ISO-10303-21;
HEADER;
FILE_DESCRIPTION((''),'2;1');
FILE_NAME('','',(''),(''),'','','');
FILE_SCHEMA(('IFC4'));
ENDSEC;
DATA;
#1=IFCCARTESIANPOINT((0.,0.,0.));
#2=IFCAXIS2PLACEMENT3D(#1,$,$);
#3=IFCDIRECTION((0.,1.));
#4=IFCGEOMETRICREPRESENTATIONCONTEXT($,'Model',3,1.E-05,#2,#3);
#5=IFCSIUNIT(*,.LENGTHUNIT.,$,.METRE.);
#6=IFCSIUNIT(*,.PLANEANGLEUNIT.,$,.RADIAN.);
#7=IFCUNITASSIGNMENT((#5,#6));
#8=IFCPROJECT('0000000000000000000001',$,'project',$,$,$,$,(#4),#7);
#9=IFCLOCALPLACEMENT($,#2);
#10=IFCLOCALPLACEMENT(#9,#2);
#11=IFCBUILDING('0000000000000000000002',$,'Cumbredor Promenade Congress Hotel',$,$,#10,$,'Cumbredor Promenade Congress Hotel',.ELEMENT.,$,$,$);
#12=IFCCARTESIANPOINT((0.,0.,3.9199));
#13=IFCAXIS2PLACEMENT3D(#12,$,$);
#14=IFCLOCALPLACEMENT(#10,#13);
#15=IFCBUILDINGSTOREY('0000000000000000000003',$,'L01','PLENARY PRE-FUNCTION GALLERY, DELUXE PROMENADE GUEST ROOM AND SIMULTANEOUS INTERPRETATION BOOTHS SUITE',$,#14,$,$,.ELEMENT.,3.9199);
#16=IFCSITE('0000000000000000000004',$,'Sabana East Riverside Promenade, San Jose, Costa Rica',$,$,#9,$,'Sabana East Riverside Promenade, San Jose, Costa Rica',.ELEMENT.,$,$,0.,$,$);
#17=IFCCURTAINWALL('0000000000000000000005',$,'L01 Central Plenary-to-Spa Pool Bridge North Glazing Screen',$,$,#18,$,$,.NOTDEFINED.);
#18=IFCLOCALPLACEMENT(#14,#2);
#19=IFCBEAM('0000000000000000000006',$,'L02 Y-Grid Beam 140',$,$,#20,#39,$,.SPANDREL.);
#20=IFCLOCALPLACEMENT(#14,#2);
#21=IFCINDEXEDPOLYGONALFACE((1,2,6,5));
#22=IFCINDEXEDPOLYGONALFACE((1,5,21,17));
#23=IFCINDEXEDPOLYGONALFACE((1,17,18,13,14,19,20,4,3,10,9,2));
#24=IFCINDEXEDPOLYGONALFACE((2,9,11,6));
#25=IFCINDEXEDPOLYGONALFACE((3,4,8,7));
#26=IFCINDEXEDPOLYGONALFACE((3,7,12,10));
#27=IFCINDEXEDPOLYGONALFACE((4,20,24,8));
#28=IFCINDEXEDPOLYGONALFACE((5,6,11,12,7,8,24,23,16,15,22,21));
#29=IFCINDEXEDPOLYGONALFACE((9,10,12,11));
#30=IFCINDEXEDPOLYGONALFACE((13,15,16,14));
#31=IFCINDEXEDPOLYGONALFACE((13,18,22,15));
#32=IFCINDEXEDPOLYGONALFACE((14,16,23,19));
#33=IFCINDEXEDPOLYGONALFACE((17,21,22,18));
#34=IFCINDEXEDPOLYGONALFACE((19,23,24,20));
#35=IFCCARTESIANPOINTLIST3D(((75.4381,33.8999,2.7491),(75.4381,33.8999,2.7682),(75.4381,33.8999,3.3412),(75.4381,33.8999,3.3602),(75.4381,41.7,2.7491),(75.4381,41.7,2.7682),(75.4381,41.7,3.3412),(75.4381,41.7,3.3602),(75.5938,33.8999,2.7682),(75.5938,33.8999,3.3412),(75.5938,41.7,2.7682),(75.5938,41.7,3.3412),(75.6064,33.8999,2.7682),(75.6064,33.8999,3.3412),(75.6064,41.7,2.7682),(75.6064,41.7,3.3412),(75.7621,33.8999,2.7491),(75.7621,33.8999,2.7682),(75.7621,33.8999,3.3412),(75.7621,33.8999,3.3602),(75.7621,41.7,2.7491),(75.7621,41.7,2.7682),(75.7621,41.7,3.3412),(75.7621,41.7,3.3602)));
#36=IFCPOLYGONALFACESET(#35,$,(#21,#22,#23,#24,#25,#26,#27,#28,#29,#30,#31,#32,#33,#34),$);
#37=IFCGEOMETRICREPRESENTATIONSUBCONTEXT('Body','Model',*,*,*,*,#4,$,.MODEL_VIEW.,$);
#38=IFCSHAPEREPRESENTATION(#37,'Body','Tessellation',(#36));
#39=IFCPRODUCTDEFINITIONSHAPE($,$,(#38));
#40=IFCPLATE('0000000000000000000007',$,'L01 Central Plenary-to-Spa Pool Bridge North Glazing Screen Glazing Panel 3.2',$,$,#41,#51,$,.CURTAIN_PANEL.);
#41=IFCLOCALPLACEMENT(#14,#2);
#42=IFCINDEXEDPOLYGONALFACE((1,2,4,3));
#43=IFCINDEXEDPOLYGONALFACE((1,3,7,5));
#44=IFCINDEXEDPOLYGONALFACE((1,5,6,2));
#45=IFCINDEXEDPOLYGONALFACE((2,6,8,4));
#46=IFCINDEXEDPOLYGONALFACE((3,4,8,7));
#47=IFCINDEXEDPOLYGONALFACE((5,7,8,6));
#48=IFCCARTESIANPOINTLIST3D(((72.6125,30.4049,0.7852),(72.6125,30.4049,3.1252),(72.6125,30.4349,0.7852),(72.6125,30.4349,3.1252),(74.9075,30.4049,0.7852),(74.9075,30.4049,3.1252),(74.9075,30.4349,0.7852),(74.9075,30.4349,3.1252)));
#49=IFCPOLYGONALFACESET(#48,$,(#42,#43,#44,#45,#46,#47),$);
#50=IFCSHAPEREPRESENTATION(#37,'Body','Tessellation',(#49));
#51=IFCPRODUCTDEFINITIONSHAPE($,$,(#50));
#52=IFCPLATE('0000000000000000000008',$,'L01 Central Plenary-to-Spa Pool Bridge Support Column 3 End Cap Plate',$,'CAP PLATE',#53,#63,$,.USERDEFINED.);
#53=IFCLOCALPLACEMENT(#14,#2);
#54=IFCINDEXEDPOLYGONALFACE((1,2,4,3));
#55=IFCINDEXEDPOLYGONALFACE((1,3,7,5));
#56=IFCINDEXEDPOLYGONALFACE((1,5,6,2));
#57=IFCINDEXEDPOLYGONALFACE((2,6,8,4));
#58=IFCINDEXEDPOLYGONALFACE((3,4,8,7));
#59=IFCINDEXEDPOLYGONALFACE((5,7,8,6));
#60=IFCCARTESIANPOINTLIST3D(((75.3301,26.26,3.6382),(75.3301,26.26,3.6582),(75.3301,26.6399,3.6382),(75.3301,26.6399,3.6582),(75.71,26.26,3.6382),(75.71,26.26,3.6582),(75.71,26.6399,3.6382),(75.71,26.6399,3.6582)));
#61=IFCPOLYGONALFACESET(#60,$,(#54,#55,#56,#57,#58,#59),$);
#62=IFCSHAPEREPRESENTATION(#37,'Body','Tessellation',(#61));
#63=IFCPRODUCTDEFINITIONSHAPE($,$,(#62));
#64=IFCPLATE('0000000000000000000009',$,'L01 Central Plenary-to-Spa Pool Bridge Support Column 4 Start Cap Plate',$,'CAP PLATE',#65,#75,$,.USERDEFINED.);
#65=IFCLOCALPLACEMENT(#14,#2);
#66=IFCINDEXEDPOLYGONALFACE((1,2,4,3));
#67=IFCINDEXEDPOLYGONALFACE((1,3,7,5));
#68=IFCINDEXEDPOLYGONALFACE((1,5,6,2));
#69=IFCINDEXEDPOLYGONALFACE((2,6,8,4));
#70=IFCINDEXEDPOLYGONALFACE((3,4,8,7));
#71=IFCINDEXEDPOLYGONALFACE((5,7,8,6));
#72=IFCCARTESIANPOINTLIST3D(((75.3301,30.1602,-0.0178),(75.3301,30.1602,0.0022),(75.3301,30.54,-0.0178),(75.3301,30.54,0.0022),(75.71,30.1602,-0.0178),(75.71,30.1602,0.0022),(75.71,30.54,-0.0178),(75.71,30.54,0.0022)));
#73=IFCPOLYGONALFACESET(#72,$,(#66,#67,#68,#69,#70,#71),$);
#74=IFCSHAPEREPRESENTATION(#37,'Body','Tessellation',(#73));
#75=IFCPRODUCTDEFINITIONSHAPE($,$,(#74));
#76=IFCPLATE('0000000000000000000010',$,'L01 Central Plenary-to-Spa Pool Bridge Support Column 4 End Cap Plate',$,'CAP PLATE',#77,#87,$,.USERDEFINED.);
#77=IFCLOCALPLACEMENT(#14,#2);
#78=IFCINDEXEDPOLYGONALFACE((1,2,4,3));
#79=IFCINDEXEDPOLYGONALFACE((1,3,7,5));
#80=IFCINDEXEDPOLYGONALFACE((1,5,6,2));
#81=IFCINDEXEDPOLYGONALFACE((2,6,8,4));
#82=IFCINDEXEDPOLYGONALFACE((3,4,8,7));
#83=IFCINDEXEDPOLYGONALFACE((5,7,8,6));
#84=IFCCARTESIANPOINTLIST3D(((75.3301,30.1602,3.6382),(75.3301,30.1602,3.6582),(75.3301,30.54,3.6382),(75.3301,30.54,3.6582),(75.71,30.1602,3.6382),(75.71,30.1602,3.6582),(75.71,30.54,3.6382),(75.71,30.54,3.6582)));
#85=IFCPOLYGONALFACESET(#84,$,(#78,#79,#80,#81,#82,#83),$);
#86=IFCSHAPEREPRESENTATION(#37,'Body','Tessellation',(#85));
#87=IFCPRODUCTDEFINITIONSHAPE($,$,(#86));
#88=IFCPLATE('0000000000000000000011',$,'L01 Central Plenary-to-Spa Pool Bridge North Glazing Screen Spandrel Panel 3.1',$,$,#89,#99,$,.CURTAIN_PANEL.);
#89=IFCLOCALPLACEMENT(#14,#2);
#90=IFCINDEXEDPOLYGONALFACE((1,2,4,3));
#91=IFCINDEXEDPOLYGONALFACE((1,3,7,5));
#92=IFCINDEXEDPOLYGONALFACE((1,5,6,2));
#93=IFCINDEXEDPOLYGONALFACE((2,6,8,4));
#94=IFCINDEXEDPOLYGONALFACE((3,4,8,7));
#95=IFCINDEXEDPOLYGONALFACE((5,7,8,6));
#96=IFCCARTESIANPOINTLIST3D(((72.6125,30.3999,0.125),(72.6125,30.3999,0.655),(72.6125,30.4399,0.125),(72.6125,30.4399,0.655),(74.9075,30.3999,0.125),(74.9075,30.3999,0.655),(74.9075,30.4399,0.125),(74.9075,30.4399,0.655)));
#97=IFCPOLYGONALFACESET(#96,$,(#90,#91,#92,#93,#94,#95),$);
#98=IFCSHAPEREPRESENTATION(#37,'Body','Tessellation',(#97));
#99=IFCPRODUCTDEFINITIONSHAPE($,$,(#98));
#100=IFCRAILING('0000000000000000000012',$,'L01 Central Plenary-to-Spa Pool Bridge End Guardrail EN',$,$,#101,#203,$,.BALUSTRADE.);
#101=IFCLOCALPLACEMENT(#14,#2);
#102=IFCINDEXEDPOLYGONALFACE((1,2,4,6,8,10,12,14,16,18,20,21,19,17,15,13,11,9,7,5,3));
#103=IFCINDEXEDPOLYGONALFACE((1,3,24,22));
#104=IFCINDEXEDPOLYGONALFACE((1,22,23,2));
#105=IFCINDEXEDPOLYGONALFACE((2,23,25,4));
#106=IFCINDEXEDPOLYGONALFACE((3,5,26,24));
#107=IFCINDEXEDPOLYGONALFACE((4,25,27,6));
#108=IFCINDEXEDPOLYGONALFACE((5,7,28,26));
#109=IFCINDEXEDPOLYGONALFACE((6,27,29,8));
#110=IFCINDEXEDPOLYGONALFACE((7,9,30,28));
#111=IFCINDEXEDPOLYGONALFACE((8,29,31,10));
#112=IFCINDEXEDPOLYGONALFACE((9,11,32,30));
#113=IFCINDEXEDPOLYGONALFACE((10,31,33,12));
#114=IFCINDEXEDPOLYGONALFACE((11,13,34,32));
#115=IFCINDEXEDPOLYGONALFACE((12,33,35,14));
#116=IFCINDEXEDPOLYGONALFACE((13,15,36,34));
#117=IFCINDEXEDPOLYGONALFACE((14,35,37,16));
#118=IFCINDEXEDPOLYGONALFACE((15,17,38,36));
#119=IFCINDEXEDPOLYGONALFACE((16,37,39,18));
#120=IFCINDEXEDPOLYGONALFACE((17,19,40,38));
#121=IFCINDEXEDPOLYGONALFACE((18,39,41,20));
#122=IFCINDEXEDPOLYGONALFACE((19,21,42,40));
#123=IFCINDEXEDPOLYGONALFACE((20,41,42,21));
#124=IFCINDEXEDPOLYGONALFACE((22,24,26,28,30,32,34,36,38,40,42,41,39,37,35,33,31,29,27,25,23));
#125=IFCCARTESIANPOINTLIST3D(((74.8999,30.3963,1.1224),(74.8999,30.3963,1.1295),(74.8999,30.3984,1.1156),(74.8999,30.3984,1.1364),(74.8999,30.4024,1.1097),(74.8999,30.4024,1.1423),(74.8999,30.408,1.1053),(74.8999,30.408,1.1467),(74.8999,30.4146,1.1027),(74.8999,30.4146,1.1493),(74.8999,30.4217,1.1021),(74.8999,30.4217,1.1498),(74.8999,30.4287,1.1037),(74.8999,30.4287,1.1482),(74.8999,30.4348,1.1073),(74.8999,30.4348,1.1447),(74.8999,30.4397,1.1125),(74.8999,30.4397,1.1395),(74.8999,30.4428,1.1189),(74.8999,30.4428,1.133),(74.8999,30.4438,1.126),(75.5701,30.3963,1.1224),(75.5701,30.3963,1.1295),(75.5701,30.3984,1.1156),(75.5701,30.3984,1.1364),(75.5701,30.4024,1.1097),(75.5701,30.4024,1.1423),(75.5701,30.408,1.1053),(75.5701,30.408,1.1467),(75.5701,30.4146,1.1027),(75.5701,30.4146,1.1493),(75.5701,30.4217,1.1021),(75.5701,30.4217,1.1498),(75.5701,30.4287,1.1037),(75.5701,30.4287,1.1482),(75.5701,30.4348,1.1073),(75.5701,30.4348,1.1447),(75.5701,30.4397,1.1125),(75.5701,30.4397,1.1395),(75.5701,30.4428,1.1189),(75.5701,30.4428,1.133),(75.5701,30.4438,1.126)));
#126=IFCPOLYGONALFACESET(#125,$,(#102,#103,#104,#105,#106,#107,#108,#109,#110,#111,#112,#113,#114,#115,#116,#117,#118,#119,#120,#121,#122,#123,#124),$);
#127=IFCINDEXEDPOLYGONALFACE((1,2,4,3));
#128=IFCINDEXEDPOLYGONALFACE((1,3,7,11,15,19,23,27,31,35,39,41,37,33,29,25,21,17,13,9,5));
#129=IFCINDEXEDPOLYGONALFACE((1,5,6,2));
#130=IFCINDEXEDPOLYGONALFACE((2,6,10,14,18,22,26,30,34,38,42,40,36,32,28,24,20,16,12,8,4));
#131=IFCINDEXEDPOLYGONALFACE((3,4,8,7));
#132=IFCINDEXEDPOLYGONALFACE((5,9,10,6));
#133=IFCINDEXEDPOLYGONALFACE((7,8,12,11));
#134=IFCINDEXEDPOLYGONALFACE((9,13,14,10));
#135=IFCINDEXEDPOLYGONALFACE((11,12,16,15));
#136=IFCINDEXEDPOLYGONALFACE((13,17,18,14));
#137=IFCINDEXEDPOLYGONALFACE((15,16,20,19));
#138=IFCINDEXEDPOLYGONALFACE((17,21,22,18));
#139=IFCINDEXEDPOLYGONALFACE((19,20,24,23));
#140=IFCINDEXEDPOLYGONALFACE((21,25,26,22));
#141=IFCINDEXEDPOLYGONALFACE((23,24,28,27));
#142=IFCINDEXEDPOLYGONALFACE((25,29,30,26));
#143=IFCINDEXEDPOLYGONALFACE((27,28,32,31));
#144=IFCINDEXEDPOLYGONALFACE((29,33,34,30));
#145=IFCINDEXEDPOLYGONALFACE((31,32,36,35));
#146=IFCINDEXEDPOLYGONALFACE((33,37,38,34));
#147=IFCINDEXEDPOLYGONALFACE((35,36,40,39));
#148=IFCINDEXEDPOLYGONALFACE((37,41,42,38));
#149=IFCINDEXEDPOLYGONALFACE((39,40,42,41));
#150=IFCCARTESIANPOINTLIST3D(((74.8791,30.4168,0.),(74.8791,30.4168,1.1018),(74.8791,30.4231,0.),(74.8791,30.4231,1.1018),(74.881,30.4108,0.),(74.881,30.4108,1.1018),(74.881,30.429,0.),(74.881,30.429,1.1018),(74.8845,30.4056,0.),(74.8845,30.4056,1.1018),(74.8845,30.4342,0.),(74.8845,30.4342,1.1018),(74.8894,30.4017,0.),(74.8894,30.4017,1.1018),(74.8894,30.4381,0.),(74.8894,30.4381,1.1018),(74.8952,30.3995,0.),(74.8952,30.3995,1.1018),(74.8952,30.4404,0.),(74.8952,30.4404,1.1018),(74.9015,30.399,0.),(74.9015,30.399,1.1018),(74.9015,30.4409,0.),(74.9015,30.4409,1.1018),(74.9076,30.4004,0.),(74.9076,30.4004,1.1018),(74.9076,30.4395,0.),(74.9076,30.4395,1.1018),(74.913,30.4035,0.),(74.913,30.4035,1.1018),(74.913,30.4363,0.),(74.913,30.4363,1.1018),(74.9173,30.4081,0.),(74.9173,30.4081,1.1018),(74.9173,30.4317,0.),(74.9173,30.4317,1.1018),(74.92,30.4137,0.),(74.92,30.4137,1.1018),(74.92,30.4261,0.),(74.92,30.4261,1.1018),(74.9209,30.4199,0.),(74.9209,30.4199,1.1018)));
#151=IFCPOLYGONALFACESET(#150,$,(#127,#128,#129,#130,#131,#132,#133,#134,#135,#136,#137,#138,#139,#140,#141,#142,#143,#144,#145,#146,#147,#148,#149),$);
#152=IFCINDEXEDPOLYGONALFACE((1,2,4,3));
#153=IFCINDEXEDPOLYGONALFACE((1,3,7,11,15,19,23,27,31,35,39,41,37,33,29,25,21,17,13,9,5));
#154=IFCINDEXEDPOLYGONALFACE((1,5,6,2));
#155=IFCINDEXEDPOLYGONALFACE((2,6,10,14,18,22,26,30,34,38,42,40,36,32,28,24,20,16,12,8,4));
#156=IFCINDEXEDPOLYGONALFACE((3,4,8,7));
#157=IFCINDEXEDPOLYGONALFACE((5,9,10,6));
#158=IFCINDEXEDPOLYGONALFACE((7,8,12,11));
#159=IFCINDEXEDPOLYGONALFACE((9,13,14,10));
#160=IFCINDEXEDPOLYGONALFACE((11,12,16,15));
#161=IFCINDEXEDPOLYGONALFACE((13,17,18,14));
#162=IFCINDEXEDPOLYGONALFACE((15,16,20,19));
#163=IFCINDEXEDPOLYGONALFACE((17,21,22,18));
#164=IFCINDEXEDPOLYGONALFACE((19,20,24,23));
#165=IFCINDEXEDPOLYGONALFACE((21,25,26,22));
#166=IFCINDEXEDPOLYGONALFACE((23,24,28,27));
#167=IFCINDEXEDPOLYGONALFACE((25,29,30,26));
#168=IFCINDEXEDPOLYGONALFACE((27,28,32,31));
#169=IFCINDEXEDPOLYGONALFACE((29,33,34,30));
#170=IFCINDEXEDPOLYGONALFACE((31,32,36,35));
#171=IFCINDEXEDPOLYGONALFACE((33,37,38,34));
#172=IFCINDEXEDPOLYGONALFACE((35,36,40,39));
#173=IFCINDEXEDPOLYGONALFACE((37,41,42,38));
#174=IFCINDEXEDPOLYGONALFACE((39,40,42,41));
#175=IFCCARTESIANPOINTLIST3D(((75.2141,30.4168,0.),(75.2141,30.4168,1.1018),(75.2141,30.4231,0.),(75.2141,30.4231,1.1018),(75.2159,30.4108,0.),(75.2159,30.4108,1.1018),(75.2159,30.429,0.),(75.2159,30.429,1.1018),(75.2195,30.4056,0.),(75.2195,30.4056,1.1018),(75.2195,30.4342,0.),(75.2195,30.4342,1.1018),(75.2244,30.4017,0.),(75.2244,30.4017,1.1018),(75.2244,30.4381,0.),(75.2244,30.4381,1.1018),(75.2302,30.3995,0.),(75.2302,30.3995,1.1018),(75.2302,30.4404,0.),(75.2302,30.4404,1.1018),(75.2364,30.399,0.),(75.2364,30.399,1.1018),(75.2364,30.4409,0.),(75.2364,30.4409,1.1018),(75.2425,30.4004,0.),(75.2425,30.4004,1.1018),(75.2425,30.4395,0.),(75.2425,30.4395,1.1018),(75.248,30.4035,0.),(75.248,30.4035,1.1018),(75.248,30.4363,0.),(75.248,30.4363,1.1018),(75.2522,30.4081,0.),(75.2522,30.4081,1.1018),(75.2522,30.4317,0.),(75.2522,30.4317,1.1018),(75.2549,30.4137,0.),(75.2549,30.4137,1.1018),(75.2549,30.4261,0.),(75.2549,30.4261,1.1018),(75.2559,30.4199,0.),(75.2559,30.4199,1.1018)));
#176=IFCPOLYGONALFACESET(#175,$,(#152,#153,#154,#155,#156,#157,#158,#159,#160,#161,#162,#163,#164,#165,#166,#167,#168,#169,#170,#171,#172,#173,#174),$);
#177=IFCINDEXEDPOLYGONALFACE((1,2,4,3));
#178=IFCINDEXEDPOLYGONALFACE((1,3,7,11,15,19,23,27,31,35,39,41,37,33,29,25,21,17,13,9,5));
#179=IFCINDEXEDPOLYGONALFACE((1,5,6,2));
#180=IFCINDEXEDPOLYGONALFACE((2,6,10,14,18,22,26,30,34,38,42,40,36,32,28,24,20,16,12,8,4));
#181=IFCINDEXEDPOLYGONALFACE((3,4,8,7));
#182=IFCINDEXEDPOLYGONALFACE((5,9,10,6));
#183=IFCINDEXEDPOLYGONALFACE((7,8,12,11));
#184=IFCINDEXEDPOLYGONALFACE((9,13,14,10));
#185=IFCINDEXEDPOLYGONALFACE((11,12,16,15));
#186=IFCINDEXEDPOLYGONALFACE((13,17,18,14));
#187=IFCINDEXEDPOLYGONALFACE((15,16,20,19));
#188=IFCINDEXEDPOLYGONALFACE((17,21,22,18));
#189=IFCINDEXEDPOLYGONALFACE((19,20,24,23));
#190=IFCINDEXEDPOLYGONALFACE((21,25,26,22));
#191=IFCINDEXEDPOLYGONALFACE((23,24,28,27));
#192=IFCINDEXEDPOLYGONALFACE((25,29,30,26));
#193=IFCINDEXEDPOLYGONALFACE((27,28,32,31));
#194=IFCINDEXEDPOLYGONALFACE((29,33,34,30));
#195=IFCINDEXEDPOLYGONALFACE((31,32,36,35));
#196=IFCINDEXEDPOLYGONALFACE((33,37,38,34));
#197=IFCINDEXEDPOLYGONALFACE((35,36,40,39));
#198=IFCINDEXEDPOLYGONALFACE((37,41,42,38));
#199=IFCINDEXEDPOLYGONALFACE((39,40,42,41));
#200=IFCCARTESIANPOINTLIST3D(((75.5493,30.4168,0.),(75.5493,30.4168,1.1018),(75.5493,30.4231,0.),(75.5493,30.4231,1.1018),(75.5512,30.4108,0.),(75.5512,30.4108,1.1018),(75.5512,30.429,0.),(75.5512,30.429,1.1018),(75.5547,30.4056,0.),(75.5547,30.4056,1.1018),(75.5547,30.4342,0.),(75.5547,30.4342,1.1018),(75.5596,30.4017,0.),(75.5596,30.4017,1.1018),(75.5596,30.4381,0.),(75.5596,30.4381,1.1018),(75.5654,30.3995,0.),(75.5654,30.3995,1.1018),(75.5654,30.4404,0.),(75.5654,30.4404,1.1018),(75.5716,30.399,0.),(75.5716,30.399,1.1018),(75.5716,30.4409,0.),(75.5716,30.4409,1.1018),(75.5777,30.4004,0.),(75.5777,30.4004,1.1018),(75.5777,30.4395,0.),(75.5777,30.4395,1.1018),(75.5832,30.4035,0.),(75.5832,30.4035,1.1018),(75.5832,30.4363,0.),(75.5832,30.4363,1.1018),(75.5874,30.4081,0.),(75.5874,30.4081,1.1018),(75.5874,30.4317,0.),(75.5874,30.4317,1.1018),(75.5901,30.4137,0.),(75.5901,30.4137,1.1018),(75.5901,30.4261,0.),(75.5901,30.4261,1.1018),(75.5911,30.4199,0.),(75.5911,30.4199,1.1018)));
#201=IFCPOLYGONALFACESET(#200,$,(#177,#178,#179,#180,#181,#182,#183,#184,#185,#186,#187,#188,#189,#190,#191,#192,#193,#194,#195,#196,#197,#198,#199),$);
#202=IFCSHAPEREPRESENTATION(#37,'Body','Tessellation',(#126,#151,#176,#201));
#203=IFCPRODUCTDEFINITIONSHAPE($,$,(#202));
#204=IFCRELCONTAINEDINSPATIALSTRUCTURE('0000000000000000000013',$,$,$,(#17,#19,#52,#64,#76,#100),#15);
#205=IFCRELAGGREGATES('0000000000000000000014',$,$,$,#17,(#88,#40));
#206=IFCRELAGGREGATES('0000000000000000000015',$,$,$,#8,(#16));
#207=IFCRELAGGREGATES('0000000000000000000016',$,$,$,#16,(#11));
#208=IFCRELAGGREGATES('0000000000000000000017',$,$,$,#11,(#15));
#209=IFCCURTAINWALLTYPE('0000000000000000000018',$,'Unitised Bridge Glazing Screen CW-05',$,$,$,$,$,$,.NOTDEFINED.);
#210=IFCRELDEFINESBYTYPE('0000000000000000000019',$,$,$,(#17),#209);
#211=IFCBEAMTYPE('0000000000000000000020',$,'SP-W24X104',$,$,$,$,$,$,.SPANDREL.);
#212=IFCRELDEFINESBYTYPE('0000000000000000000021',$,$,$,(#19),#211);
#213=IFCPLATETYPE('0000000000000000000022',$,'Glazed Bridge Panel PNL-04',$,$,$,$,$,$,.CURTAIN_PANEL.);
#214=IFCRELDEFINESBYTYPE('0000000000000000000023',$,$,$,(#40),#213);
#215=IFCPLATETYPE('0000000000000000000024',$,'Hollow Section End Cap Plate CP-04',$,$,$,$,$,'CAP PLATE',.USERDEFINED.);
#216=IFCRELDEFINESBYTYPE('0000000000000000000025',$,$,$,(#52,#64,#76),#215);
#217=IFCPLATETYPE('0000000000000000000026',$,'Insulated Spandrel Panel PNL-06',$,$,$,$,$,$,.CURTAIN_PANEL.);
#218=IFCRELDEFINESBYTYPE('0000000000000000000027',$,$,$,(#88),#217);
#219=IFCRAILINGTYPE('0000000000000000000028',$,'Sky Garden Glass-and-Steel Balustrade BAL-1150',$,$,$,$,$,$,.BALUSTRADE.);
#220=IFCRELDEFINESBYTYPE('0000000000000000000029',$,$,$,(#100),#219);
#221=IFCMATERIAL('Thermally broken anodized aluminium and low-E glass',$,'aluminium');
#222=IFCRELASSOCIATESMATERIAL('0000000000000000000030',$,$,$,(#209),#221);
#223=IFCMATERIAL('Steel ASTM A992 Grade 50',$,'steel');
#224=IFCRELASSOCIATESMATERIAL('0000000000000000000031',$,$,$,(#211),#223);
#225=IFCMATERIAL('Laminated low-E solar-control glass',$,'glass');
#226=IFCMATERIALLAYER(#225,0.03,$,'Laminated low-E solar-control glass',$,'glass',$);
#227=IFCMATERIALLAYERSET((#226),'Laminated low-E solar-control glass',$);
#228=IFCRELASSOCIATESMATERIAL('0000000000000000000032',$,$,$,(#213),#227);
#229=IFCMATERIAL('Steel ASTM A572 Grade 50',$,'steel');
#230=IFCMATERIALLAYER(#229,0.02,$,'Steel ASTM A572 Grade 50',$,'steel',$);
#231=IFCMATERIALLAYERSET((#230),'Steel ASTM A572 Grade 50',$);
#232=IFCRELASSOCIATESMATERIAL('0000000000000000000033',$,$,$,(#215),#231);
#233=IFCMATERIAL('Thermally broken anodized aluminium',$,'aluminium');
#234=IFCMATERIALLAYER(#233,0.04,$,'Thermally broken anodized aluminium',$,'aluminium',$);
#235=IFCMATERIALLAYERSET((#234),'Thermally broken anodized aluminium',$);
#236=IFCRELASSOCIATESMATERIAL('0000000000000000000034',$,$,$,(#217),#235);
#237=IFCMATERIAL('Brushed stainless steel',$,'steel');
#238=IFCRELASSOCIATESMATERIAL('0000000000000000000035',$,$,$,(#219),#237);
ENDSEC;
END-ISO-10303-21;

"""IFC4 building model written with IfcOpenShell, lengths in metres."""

from ifc_helpers import new_model, si_unit, direction, frame, origin, origin_2d, place, context, subcontext, project, spatial, rectangle, circle, i_section, extrude, material, layer, layer_set, material_profile, profile_set, type_object, element, aggregate, save


model = new_model("IFC4")

# Units and contexts
model_context = context("Model", 3, precision=1e-05, world=origin(), true_north=direction((0.0, 1.0)))
body_context = subcontext(model_context, "Body", "Model", "MODEL_VIEW")
ifc_project = project(units=[si_unit("LENGTHUNIT", "METRE"), si_unit("PLANEANGLEUNIT", "RADIAN")], contexts=[model_context])

# Site, building, storey
site_placement = place(None, origin())
site = spatial("IfcSite", under=ifc_project, at=site_placement, Name="Sabana East Riverside Promenade, San Jose, Costa Rica", LongName="Sabana East Riverside Promenade, San Jose, Costa Rica", CompositionType="ELEMENT", RefElevation=0.0)
building_placement = place(site_placement, origin())
building = spatial("IfcBuilding", under=site, at=building_placement, Name="Cumbredor Promenade Congress Hotel", LongName="Cumbredor Promenade Congress Hotel", CompositionType="ELEMENT")
storey_placement = place(building_placement, frame((0.0, 0.0, 3.9199)))
storey = spatial("IfcBuildingStorey", under=building, at=storey_placement, Name="L01", Description="PLENARY PRE-FUNCTION GALLERY, DELUXE PROMENADE GUEST ROOM AND SIMULTANEOUS INTERPRETATION BOOTHS SUITE", CompositionType="ELEMENT", Elevation=3.9199)

# Curtain wall
ifc_material_1 = material(Name="Thermally broken anodized aluminium and low-E glass", Category="aluminium")
ifc_material_2 = material(Name="Thermally broken anodized aluminium", Category="aluminium")
curtain_wall_type_1 = type_object("IfcCurtainWallType", Name="Unitised Bridge Glazing Screen CW-05", PredefinedType="NOTDEFINED", material=ifc_material_1)
curtain_wall_1_placement = place(storey_placement, origin())
curtain_wall_1 = element("IfcCurtainWall", 1, at=curtain_wall_1_placement, inside=storey, type_object=curtain_wall_type_1, Name="L01 Central Plenary-to-Spa Pool Bridge North Glazing Screen", PredefinedType="NOTDEFINED")

# Beam
ifc_material_3 = material(Name="Steel ASTM A992 Grade 50", Category="steel")
ifc_material_profile_1 = material_profile(ifc_material_3, i_section(OverallWidth=0.324, OverallDepth=0.6111, WebThickness=0.0127, FlangeThickness=0.019, at=origin_2d()), Name="W24X104")
ifc_profile_set_1 = profile_set([ifc_material_profile_1], Name="Steel ASTM A992 Grade 50")
beam_type_1 = type_object("IfcBeamType", Name="SP-W24X104", PredefinedType="SPANDREL", material=ifc_profile_set_1)
beam_1_placement = place(storey_placement, frame((75.6001, 33.8999, 3.0547), z_axis=(0.0, 1.0, 0.0), x_axis=(-1.0, 0.0, 0.0)))
element("IfcBeam", 2, at=beam_1_placement, inside=storey, type_object=beam_type_1, Name="L02 Y-Grid Beam 140", PredefinedType="SPANDREL", context=body_context, shape_type="SweptSolid", body=[
    extrude(i_section(OverallWidth=0.324, OverallDepth=0.6111, WebThickness=0.0127, FlangeThickness=0.019, at=origin_2d()), origin(), (0.0, 0.0, 1.0), 7.8),
])

# Plate
ifc_material_4 = material(Name="Laminated low-E solar-control glass", Category="glass")
ifc_layer_1 = layer(ifc_material_4, 0.03, Name="Laminated low-E solar-control glass", Category="glass")
ifc_layer_set_1 = layer_set([ifc_layer_1], Name="Laminated low-E solar-control glass")
plate_type_1 = type_object("IfcPlateType", Name="Glazed Bridge Panel PNL-04", PredefinedType="CURTAIN_PANEL", material=ifc_layer_set_1)
plate_1_placement = place(storey_placement, frame((73.76, 30.4199, 0.7852), z_axis=(0.0, 0.0, 1.0), x_axis=(1.0, 0.0, 0.0)))
plate_1 = element("IfcPlate", 3, at=plate_1_placement, type_object=plate_type_1, Name="L01 Central Plenary-to-Spa Pool Bridge North Glazing Screen Glazing Panel 3.2", PredefinedType="CURTAIN_PANEL", context=body_context, shape_type="SweptSolid", body=[
    extrude(rectangle(XDim=2.2949, YDim=0.03, at=origin_2d()), origin(), (0.0, 0.0, 1.0), 2.3401),
])

# Plates
ifc_material_5 = material(Name="Steel ASTM A572 Grade 50", Category="steel")
ifc_layer_2 = layer(ifc_material_5, 0.02, Name="Steel ASTM A572 Grade 50", Category="steel")
ifc_layer_set_2 = layer_set([ifc_layer_2], Name="Steel ASTM A572 Grade 50")
plate_type_2 = type_object("IfcPlateType", Name="Hollow Section End Cap Plate CP-04", ElementType="CAP PLATE", PredefinedType="USERDEFINED", material=ifc_layer_set_2)
for number, where, z_axis, x_axis, name in (
    (4, (75.52, 26.45, 3.6382), (0.0, 0.0, 1.0), (1.0, 0.0, 0.0), "L01 Central Plenary-to-Spa Pool Bridge Support Column 3 End Cap Plate"),
    (5, (75.52, 30.3501, -0.0178), (0.0, 0.0, 1.0), (1.0, 0.0, 0.0), "L01 Central Plenary-to-Spa Pool Bridge Support Column 4 Start Cap Plate"),
    (6, (75.52, 30.3501, 3.6382), (0.0, 0.0, 1.0), (1.0, 0.0, 0.0), "L01 Central Plenary-to-Spa Pool Bridge Support Column 4 End Cap Plate"),
):
    element("IfcPlate", number, at=place(storey_placement, frame(where, z_axis=z_axis, x_axis=x_axis)), inside=storey, type_object=plate_type_2, Name=name, ObjectType="CAP PLATE", PredefinedType="USERDEFINED", context=body_context, shape_type="SweptSolid", body=[
        extrude(rectangle(XDim=0.3799, YDim=0.3799, at=origin_2d()), origin(), (0.0, 0.0, 1.0), 0.02),
    ])

# Plate
ifc_layer_3 = layer(ifc_material_2, 0.04, Name="Thermally broken anodized aluminium", Category="aluminium")
ifc_layer_set_3 = layer_set([ifc_layer_3], Name="Thermally broken anodized aluminium")
plate_type_3 = type_object("IfcPlateType", Name="Insulated Spandrel Panel PNL-06", PredefinedType="CURTAIN_PANEL", material=ifc_layer_set_3)
plate_2_placement = place(storey_placement, frame((73.76, 30.4199, 0.125), z_axis=(0.0, 0.0, 1.0), x_axis=(1.0, 0.0, 0.0)))
plate_2 = element("IfcPlate", 7, at=plate_2_placement, type_object=plate_type_3, Name="L01 Central Plenary-to-Spa Pool Bridge North Glazing Screen Spandrel Panel 3.1", PredefinedType="CURTAIN_PANEL", context=body_context, shape_type="SweptSolid", body=[
    extrude(rectangle(XDim=2.2949, YDim=0.04, at=origin_2d()), origin(), (0.0, 0.0, 1.0), 0.53),
])
aggregate(curtain_wall_1, [plate_2, plate_1])

# Railing
ifc_material_6 = material(Name="Brushed stainless steel", Category="steel")
railing_type = type_object("IfcRailingType", Name="Sky Garden Glass-and-Steel Balustrade BAL-1150", PredefinedType="BALUSTRADE", material=ifc_material_6)
railing_placement = place(storey_placement, frame((74.8999, 30.4199, 0.0)))
element("IfcRailing", 8, at=railing_placement, inside=storey, type_object=railing_type, Name="L01 Central Plenary-to-Spa Pool Bridge End Guardrail EN", PredefinedType="BALUSTRADE", context=body_context, shape_type="SweptSolid", body=[
    extrude(circle(Radius=0.0239, at=origin_2d()), frame((0.0, 0.0, 1.126), z_axis=(1.0, 0.0, 0.0), x_axis=(0.0, 1.0, 0.0)), (0.0, 0.0, 1.0), 0.6702),
    extrude(circle(Radius=0.021, at=origin_2d()), origin(), (0.0, 0.0, 1.0), 1.1018),
    extrude(circle(Radius=0.021, at=origin_2d()), frame((0.335, 0.0, 0.0)), (0.0, 0.0, 1.0), 1.1018),
    extrude(circle(Radius=0.021, at=origin_2d()), frame((0.6702, 0.0, 0.0)), (0.0, 0.0, 1.0), 1.1018),
])

save(model, "model.ifc")
